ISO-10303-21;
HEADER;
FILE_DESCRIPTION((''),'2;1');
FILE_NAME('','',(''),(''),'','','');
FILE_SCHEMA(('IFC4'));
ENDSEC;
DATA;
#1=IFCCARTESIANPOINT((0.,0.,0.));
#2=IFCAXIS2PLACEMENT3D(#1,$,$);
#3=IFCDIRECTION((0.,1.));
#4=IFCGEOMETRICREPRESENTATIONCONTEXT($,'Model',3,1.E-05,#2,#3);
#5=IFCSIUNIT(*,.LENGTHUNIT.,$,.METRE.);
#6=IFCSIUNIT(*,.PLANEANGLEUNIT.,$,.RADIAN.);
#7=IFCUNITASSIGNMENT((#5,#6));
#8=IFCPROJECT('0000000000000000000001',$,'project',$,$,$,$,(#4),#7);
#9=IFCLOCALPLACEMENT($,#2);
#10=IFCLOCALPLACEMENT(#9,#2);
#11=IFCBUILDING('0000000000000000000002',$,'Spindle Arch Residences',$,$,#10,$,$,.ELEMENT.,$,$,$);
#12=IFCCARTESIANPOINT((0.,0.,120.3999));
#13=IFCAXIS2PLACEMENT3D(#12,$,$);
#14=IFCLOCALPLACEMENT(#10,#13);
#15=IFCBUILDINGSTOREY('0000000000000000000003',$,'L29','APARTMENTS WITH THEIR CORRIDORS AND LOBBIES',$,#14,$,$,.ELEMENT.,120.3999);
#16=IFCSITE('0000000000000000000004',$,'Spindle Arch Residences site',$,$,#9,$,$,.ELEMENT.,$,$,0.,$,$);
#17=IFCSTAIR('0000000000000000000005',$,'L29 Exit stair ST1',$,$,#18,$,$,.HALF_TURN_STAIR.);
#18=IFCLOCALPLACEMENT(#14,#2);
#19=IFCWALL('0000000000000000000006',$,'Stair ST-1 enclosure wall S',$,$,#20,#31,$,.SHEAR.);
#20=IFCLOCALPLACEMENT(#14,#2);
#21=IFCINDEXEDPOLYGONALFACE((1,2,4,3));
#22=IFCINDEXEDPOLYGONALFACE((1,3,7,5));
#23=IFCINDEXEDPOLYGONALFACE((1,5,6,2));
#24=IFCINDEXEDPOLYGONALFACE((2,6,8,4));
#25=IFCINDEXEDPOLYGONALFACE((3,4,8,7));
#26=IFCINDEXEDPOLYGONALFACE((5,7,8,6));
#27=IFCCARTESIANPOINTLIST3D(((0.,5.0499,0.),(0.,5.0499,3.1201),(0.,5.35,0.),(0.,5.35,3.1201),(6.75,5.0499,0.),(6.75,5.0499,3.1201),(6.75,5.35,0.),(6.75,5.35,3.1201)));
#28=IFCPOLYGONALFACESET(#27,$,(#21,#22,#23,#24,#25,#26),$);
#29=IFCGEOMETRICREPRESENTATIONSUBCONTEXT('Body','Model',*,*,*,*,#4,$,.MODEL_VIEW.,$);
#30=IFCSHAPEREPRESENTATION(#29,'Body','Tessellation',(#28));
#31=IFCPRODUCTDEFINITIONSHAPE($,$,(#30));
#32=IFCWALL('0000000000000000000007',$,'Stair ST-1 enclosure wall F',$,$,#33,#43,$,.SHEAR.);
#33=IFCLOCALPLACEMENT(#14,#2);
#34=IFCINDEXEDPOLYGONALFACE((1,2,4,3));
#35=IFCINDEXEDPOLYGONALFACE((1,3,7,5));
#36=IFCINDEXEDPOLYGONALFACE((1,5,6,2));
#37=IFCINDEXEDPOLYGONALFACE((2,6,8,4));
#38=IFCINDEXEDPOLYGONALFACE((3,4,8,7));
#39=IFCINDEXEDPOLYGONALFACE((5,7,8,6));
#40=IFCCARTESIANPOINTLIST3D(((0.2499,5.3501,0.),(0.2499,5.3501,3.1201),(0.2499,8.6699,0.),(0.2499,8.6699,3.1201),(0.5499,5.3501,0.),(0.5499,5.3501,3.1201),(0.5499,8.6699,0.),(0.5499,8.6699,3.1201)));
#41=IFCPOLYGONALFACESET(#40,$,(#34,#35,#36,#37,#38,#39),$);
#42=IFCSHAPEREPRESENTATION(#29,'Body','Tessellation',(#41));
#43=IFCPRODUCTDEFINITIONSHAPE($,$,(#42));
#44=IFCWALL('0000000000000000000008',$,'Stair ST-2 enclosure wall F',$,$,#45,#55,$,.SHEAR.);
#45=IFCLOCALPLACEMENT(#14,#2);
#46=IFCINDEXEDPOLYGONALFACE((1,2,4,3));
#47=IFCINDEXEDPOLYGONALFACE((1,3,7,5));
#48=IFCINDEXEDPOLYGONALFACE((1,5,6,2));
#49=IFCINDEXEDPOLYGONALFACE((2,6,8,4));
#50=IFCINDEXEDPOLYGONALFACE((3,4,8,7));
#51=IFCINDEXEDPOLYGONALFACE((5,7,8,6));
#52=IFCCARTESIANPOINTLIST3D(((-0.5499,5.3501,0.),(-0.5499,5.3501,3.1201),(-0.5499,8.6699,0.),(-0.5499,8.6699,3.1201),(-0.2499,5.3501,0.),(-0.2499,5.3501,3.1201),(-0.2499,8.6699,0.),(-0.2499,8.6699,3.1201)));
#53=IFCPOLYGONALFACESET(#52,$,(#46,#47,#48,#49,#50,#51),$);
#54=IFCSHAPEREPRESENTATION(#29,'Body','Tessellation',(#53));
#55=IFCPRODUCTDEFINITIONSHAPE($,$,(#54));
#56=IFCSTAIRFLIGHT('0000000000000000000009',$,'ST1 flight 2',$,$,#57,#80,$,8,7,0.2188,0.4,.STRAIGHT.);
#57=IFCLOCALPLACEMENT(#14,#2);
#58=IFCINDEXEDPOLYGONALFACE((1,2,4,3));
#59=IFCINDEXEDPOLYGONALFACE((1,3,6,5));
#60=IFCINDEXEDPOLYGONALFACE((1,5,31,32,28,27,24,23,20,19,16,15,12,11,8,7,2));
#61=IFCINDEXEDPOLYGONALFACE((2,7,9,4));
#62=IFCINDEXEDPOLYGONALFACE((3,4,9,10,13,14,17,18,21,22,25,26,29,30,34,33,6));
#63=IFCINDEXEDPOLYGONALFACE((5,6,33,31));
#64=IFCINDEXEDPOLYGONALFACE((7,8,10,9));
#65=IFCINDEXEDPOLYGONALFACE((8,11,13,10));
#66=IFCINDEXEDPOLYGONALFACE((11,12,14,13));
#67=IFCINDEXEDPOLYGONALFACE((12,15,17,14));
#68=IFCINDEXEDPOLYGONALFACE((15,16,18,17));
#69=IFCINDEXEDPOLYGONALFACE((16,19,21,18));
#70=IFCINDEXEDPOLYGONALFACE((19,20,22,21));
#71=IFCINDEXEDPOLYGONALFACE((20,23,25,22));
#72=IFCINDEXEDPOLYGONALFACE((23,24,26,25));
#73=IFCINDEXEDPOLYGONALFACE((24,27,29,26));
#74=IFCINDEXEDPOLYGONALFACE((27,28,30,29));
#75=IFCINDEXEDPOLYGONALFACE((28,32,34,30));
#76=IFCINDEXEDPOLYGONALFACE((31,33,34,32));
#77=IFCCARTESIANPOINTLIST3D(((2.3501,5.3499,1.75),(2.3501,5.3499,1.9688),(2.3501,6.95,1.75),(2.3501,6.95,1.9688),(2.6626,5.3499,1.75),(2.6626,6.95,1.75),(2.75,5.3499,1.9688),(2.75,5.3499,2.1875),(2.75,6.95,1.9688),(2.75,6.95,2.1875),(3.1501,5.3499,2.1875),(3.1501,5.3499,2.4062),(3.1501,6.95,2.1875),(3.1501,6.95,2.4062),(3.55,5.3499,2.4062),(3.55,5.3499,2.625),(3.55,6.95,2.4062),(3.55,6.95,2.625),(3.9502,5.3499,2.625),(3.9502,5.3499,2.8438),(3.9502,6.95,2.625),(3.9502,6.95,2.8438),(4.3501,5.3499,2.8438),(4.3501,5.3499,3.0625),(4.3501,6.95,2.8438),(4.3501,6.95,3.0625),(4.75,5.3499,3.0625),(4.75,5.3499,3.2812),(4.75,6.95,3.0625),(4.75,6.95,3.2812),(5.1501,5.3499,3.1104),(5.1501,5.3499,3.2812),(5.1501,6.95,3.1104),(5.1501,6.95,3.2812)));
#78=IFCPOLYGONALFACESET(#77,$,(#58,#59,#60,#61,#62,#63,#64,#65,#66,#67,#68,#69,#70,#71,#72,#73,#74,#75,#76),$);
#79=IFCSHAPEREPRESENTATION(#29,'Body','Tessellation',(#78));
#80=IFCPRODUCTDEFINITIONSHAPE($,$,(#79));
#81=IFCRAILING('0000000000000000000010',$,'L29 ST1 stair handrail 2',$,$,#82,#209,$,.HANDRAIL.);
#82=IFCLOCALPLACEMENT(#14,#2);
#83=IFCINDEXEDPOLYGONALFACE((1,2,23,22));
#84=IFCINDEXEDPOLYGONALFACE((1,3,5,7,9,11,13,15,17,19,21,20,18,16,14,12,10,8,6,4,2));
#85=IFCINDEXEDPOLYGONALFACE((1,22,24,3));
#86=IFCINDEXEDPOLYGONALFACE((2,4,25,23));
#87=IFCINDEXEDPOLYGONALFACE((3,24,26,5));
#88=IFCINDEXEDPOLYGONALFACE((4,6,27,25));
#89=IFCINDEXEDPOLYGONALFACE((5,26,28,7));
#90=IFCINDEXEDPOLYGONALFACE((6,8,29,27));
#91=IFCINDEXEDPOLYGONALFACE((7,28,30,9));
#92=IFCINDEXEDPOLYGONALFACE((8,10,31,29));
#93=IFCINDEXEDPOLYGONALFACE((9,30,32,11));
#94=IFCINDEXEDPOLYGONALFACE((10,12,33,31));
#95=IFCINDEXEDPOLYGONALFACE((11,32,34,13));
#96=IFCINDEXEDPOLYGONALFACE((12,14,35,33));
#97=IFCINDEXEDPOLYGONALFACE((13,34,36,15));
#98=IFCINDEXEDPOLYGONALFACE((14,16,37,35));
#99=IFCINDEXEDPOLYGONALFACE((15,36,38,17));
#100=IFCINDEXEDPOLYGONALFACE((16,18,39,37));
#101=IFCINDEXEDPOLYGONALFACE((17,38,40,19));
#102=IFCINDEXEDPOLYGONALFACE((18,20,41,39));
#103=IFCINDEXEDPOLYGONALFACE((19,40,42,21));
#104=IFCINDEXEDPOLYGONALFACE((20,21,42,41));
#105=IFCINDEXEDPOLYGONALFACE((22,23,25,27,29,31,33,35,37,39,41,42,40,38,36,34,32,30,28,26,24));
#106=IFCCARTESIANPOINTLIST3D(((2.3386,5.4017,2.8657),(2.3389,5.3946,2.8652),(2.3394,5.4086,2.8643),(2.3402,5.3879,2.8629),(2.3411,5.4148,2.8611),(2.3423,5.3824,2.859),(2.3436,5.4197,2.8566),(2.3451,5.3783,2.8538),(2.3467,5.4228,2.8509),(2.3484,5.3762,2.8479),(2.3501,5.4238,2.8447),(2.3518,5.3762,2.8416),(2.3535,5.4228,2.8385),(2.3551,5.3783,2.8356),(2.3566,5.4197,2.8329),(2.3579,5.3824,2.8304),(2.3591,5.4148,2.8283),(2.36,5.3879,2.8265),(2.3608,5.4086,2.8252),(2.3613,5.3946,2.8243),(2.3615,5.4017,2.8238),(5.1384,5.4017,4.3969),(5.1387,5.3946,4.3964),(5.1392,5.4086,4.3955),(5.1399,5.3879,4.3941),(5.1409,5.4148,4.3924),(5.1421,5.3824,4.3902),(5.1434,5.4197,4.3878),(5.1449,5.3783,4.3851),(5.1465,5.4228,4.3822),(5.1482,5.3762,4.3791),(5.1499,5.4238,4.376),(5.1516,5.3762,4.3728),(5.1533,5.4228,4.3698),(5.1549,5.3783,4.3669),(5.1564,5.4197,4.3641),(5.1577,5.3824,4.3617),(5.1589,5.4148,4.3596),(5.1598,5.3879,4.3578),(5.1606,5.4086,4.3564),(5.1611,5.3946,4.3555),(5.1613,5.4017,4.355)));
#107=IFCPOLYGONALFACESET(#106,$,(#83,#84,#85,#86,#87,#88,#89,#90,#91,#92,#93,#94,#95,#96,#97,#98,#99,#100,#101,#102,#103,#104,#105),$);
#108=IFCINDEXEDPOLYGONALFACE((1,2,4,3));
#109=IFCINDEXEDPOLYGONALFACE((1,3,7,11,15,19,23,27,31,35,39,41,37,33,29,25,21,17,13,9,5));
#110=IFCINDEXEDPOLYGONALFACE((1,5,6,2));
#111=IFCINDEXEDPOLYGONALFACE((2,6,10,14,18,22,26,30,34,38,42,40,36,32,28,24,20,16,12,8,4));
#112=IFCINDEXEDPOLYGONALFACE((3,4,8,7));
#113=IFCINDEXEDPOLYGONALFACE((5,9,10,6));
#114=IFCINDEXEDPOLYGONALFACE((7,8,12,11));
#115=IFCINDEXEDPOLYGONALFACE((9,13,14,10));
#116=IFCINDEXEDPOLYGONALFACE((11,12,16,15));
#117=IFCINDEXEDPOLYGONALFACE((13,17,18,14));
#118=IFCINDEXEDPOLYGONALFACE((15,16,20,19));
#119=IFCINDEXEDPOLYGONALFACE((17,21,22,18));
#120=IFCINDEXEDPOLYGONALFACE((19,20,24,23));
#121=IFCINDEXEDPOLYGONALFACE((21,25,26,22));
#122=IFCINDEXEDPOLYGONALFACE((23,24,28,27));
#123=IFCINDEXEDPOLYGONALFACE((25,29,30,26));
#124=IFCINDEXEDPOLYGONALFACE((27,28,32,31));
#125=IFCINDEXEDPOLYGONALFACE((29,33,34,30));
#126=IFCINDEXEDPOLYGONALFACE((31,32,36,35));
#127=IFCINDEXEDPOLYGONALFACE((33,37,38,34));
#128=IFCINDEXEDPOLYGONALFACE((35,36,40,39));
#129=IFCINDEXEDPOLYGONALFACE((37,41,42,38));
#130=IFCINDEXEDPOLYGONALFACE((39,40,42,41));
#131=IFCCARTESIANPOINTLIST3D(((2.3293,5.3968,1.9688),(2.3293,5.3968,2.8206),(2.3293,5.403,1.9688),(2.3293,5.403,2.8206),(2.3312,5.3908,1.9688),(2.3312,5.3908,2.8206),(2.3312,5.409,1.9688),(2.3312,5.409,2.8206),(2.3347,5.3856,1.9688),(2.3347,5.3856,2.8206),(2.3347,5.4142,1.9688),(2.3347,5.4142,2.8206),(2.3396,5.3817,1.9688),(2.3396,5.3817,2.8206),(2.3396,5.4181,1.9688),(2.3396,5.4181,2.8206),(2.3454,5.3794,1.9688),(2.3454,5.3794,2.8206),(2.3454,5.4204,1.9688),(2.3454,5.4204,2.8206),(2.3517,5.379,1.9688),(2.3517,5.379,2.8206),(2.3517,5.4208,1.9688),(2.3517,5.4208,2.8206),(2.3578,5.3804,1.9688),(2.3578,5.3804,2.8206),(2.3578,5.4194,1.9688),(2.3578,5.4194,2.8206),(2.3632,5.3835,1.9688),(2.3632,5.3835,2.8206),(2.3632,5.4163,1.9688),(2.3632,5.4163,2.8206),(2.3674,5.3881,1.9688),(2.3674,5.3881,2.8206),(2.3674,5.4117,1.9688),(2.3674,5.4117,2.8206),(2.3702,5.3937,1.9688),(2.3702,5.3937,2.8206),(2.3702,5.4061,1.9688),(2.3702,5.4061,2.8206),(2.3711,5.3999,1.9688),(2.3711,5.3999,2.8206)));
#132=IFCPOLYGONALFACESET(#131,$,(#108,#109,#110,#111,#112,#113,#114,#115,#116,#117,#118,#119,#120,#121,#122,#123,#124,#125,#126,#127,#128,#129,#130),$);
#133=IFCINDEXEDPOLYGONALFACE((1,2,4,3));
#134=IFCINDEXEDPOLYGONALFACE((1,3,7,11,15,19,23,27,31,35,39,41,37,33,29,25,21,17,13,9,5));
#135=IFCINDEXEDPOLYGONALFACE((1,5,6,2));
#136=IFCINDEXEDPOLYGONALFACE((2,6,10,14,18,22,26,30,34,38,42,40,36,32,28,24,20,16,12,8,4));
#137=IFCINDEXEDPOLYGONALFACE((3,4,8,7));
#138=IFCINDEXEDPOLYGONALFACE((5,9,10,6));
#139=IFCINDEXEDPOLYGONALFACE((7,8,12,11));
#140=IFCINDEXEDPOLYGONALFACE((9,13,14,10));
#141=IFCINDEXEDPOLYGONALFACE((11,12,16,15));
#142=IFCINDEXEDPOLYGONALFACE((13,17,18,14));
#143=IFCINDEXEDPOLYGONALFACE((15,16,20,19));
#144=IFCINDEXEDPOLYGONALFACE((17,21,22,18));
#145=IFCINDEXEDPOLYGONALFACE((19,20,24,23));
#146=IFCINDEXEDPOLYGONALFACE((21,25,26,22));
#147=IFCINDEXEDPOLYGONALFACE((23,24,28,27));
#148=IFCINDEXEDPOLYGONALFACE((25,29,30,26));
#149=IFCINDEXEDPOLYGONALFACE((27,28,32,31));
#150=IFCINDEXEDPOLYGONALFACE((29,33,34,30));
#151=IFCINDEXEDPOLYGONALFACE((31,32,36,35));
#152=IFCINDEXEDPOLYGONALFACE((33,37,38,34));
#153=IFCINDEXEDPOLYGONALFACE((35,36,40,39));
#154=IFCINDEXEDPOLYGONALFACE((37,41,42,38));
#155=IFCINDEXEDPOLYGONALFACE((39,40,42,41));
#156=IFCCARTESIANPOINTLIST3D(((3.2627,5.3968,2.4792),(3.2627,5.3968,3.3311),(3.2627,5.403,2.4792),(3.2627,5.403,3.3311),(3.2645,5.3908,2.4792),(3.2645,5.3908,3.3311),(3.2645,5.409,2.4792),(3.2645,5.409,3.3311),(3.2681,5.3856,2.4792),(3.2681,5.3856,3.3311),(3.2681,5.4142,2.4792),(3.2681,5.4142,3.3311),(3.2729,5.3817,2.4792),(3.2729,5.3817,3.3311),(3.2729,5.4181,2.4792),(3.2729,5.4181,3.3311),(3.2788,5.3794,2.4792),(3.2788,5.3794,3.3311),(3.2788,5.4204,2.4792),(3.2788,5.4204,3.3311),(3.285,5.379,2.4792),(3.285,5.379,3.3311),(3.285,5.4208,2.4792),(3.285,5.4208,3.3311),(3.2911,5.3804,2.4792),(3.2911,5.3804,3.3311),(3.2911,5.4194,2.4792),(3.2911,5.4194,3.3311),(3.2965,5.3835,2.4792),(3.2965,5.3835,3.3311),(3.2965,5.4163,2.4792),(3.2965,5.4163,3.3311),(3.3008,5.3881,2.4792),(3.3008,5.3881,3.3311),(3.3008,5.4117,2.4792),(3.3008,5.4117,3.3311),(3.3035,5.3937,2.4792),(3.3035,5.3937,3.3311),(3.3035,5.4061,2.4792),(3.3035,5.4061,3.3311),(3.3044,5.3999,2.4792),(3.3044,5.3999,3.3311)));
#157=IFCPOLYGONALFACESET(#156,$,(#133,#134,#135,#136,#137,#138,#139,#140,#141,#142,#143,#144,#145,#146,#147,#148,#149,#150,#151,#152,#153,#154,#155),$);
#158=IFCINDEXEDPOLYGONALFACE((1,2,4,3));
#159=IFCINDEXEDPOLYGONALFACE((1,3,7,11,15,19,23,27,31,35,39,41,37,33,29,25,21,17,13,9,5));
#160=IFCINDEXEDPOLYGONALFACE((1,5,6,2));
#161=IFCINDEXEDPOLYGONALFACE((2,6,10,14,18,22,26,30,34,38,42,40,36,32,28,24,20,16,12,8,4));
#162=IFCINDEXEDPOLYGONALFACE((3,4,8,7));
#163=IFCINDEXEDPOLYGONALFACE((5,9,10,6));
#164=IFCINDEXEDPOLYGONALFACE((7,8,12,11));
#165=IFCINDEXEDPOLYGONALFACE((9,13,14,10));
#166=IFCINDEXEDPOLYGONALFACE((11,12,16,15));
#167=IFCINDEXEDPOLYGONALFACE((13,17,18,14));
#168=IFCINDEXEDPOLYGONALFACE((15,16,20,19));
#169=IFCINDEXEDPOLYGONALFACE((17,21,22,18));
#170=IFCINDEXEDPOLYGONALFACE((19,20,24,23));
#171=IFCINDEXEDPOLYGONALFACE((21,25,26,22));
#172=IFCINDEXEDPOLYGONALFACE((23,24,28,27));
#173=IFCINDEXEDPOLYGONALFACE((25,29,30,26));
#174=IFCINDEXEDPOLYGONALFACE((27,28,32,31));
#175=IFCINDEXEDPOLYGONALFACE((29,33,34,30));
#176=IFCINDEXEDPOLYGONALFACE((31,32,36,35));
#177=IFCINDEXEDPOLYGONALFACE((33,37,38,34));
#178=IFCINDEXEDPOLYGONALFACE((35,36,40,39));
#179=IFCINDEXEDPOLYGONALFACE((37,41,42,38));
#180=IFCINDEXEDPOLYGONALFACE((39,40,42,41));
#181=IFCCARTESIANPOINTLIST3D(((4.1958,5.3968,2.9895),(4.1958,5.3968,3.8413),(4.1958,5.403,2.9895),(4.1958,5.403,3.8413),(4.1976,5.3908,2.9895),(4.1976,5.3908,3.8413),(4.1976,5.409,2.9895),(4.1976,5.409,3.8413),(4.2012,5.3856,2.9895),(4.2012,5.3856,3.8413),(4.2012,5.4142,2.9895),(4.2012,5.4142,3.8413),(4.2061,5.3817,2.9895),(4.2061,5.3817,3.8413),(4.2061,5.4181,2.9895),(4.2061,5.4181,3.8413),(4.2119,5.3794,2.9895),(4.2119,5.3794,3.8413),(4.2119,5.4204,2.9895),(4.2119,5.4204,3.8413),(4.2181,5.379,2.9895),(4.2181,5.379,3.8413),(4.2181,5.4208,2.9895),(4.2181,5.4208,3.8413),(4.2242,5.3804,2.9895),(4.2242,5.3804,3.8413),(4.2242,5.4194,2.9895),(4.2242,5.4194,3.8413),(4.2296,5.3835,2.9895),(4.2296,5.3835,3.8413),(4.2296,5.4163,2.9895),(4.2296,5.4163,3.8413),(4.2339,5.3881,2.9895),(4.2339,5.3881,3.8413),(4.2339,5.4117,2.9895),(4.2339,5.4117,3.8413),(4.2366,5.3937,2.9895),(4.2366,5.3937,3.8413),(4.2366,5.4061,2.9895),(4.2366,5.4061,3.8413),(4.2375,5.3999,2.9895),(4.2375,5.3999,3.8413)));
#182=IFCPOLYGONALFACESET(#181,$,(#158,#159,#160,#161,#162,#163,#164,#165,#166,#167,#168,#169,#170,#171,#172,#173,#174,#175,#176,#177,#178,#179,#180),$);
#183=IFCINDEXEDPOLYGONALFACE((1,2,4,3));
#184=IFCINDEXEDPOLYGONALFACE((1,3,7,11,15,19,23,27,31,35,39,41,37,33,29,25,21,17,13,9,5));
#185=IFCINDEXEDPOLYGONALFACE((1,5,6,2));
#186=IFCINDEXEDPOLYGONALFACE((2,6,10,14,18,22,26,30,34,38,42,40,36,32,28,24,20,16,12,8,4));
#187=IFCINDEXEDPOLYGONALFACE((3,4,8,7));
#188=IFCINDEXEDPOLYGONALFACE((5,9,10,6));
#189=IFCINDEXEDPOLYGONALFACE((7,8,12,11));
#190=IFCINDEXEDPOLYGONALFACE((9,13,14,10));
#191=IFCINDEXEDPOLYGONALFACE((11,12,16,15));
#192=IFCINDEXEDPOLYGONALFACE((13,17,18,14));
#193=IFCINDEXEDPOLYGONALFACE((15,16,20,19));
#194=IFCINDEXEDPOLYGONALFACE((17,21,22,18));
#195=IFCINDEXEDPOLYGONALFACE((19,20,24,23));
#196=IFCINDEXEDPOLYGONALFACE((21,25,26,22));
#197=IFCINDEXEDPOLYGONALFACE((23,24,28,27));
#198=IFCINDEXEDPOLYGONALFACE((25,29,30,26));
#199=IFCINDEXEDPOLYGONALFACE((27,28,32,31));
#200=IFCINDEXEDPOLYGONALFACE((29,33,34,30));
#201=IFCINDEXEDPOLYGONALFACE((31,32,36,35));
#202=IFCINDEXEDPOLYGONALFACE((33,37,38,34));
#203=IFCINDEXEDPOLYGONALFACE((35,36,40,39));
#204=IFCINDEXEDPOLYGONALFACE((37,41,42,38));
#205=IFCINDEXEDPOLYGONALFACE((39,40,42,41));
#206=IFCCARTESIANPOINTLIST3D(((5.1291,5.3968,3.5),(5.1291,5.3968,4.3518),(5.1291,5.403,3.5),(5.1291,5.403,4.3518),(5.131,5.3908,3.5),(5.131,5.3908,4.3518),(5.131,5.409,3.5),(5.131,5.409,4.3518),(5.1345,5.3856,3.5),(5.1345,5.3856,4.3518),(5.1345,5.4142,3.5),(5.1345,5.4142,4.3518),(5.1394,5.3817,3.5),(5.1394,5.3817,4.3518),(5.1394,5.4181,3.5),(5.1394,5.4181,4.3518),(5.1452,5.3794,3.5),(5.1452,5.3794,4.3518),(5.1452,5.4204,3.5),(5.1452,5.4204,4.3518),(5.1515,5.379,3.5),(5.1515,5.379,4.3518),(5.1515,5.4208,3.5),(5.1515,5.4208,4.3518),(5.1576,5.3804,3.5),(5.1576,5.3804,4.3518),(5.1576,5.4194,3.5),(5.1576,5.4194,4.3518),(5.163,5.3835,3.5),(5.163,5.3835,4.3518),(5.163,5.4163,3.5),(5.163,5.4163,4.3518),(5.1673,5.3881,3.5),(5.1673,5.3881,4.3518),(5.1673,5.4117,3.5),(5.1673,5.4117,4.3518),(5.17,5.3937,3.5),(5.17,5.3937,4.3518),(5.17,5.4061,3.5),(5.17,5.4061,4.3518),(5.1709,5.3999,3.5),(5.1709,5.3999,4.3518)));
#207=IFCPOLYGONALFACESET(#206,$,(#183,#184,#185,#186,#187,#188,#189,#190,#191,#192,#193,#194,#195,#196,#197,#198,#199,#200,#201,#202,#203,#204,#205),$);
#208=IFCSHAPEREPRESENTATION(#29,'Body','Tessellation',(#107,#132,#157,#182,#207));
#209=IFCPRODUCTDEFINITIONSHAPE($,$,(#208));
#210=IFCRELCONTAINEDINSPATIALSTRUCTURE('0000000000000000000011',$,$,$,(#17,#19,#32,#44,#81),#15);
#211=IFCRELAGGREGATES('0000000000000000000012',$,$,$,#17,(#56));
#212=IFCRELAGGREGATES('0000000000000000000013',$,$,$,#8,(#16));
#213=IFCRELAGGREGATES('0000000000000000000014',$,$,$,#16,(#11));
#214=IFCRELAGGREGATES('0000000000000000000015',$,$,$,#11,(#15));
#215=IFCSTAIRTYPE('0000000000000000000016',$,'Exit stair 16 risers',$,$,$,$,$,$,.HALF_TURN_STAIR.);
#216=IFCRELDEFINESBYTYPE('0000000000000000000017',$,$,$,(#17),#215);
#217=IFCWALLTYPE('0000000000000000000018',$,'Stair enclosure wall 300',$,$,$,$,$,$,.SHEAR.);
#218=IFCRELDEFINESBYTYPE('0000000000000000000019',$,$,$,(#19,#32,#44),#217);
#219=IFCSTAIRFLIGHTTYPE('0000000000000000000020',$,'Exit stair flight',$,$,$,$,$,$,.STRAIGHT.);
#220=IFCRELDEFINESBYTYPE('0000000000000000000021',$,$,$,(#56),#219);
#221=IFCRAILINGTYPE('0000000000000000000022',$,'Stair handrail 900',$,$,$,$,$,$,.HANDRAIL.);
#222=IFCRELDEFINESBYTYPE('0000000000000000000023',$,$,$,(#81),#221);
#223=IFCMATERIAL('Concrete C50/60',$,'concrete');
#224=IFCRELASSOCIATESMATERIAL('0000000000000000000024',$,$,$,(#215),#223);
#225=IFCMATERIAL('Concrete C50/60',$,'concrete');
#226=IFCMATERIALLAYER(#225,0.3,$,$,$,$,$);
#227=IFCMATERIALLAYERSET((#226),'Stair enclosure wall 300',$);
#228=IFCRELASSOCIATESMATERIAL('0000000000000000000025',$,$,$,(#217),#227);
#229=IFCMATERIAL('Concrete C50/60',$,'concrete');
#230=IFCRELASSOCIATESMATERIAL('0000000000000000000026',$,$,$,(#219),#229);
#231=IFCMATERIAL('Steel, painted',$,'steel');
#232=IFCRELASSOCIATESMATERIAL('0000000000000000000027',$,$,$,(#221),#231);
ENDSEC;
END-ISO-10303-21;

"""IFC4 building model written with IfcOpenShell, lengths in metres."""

from ifc_helpers import new_model, si_unit, direction, frame, frame_2d, origin, origin_2d, place, context, subcontext, project, spatial, polyline, rectangle, circle, outline, extrude, material, layer, layer_set, type_object, element, aggregate, save


model = new_model("IFC4")

# Units and contexts
model_context = context("Model", 3, precision=1e-05, world=origin(), true_north=direction((0.0, 1.0)))
body_context = subcontext(model_context, "Body", "Model", "MODEL_VIEW")
ifc_project = project(units=[si_unit("LENGTHUNIT", "METRE"), si_unit("PLANEANGLEUNIT", "RADIAN")], contexts=[model_context])

# Site, building, storey
site_placement = place(None, origin())
site = spatial("IfcSite", under=ifc_project, at=site_placement, Name="Spindle Arch Residences site", CompositionType="ELEMENT", RefElevation=0.0)
building_placement = place(site_placement, origin())
building = spatial("IfcBuilding", under=site, at=building_placement, Name="Spindle Arch Residences", CompositionType="ELEMENT")
storey_placement = place(building_placement, frame((0.0, 0.0, 120.3999)))
storey = spatial("IfcBuildingStorey", under=building, at=storey_placement, Name="L29", Description="APARTMENTS WITH THEIR CORRIDORS AND LOBBIES", CompositionType="ELEMENT", Elevation=120.3999)

# Stair
ifc_material_1 = material(Name="Concrete C50/60", Category="concrete")
stair_type = type_object("IfcStairType", Name="Exit stair 16 risers", PredefinedType="HALF_TURN_STAIR", material=ifc_material_1)
stair_1_placement = place(storey_placement, origin())
stair_1 = element("IfcStair", 1, at=stair_1_placement, inside=storey, type_object=stair_type, Name="L29 Exit stair ST1", PredefinedType="HALF_TURN_STAIR")

# Walls
ifc_material_2 = material(Name="Concrete C50/60", Category="concrete")
ifc_layer_1 = layer(ifc_material_2, 0.3)
ifc_layer_set_1 = layer_set([ifc_layer_1], Name="Stair enclosure wall 300")
wall_type_1 = type_object("IfcWallType", Name="Stair enclosure wall 300", PredefinedType="SHEAR", material=ifc_layer_set_1)
wall_1_placement = place(storey_placement, frame((0.0, 5.2, 0.0), z_axis=(0.0, 0.0, 1.0), x_axis=(1.0, 0.0, 0.0)))
element("IfcWall", 2, at=wall_1_placement, inside=storey, type_object=wall_type_1, Name="Stair ST-1 enclosure wall S", PredefinedType="SHEAR", context=body_context, shape_type="SweptSolid", body=[
    extrude(rectangle(XDim=6.75, YDim=0.3, at=frame_2d((3.375, 0.0))), origin(), (0.0, 0.0, 1.0), 3.1201),
])
for number, where, z_axis, x_axis, name in (
    (3, (0.3999, 5.3501, 0.0), (0.0, 0.0, 1.0), (0.0, 1.0, 0.0), "Stair ST-1 enclosure wall F"),
    (4, (-0.3999, 5.3501, 0.0), (0.0, 0.0, 1.0), (0.0, 1.0, 0.0), "Stair ST-2 enclosure wall F"),
):
    element("IfcWall", number, at=place(storey_placement, frame(where, z_axis=z_axis, x_axis=x_axis)), inside=storey, type_object=wall_type_1, Name=name, PredefinedType="SHEAR", context=body_context, shape_type="SweptSolid", body=[
        extrude(rectangle(XDim=3.3198, YDim=0.3, at=frame_2d((1.6599, 0.0))), origin(), (0.0, 0.0, 1.0), 3.1201),
    ])

# Stair flight
ifc_material_3 = material(Name="Concrete C50/60", Category="concrete")
stair_flight_type = type_object("IfcStairFlightType", Name="Exit stair flight", PredefinedType="STRAIGHT", material=ifc_material_3)
stair_flight_placement = place(storey_placement, frame((2.3501, 6.1499, 1.75), z_axis=(0.0, 0.0, 1.0), x_axis=(1.0, 0.0, 0.0)))
stair_flight = element("IfcStairFlight", 5, at=stair_flight_placement, type_object=stair_flight_type, Name="ST1 flight 2", NumberOfRisers=8, NumberOfTreads=7, PredefinedType="STRAIGHT", RiserHeight=0.2188, TreadLength=0.4, context=body_context, shape_type="SweptSolid", body=[
    extrude(outline(polyline([(0.0, 0.0), (0.0, 0.2188), (0.3999, 0.2188), (0.3999, 0.4375), (0.8, 0.4375), (0.8, 0.6562), (1.2, 0.6562), (1.2, 0.875), (1.6001, 0.875), (1.6001, 1.0938), (2.0, 1.0938), (2.0, 1.3125), (2.3999, 1.3125), (2.3999, 1.5312), (2.8, 1.5312), (2.8, 1.75), (2.8, 1.3604), (0.3125, 0.0), (0.0, 0.0)])), frame((0.0, 0.8, 0.0), z_axis=(0.0, -1.0, 0.0), x_axis=(1.0, 0.0, 0.0)), (0.0, 0.0, 1.0), 1.6001),
])
aggregate(stair_1, [stair_flight])

# Railing
ifc_material_4 = material(Name="Steel, painted", Category="steel")
railing_type = type_object("IfcRailingType", Name="Stair handrail 900", PredefinedType="HANDRAIL", material=ifc_material_4)
railing_placement = place(storey_placement, frame((2.3501, 5.3999, 1.9688)))
element("IfcRailing", 6, at=railing_placement, inside=storey, type_object=railing_type, Name="L29 ST1 stair handrail 2", PredefinedType="HANDRAIL", context=body_context, shape_type="SweptSolid", body=[
    extrude(circle(Radius=0.0239, at=origin_2d()), frame((0.0, 0.0, 0.876), z_axis=(0.877357, 0.0, 0.479838), x_axis=(0.0, 1.0, 0.0)), (0.0, 0.0, 1.0), 3.1912),
    extrude(circle(Radius=0.021, at=origin_2d()), origin(), (0.0, 0.0, 1.0), 0.8518),
    extrude(circle(Radius=0.021, at=origin_2d()), frame((0.9333, 0.0, 0.5105)), (0.0, 0.0, 1.0), 0.8518),
    extrude(circle(Radius=0.021, at=origin_2d()), frame((1.8665, 0.0, 1.0208)), (0.0, 0.0, 1.0), 0.8518),
    extrude(circle(Radius=0.021, at=origin_2d()), frame((2.7998, 0.0, 1.5312)), (0.0, 0.0, 1.0), 0.8518),
])

save(model, "model.ifc")
